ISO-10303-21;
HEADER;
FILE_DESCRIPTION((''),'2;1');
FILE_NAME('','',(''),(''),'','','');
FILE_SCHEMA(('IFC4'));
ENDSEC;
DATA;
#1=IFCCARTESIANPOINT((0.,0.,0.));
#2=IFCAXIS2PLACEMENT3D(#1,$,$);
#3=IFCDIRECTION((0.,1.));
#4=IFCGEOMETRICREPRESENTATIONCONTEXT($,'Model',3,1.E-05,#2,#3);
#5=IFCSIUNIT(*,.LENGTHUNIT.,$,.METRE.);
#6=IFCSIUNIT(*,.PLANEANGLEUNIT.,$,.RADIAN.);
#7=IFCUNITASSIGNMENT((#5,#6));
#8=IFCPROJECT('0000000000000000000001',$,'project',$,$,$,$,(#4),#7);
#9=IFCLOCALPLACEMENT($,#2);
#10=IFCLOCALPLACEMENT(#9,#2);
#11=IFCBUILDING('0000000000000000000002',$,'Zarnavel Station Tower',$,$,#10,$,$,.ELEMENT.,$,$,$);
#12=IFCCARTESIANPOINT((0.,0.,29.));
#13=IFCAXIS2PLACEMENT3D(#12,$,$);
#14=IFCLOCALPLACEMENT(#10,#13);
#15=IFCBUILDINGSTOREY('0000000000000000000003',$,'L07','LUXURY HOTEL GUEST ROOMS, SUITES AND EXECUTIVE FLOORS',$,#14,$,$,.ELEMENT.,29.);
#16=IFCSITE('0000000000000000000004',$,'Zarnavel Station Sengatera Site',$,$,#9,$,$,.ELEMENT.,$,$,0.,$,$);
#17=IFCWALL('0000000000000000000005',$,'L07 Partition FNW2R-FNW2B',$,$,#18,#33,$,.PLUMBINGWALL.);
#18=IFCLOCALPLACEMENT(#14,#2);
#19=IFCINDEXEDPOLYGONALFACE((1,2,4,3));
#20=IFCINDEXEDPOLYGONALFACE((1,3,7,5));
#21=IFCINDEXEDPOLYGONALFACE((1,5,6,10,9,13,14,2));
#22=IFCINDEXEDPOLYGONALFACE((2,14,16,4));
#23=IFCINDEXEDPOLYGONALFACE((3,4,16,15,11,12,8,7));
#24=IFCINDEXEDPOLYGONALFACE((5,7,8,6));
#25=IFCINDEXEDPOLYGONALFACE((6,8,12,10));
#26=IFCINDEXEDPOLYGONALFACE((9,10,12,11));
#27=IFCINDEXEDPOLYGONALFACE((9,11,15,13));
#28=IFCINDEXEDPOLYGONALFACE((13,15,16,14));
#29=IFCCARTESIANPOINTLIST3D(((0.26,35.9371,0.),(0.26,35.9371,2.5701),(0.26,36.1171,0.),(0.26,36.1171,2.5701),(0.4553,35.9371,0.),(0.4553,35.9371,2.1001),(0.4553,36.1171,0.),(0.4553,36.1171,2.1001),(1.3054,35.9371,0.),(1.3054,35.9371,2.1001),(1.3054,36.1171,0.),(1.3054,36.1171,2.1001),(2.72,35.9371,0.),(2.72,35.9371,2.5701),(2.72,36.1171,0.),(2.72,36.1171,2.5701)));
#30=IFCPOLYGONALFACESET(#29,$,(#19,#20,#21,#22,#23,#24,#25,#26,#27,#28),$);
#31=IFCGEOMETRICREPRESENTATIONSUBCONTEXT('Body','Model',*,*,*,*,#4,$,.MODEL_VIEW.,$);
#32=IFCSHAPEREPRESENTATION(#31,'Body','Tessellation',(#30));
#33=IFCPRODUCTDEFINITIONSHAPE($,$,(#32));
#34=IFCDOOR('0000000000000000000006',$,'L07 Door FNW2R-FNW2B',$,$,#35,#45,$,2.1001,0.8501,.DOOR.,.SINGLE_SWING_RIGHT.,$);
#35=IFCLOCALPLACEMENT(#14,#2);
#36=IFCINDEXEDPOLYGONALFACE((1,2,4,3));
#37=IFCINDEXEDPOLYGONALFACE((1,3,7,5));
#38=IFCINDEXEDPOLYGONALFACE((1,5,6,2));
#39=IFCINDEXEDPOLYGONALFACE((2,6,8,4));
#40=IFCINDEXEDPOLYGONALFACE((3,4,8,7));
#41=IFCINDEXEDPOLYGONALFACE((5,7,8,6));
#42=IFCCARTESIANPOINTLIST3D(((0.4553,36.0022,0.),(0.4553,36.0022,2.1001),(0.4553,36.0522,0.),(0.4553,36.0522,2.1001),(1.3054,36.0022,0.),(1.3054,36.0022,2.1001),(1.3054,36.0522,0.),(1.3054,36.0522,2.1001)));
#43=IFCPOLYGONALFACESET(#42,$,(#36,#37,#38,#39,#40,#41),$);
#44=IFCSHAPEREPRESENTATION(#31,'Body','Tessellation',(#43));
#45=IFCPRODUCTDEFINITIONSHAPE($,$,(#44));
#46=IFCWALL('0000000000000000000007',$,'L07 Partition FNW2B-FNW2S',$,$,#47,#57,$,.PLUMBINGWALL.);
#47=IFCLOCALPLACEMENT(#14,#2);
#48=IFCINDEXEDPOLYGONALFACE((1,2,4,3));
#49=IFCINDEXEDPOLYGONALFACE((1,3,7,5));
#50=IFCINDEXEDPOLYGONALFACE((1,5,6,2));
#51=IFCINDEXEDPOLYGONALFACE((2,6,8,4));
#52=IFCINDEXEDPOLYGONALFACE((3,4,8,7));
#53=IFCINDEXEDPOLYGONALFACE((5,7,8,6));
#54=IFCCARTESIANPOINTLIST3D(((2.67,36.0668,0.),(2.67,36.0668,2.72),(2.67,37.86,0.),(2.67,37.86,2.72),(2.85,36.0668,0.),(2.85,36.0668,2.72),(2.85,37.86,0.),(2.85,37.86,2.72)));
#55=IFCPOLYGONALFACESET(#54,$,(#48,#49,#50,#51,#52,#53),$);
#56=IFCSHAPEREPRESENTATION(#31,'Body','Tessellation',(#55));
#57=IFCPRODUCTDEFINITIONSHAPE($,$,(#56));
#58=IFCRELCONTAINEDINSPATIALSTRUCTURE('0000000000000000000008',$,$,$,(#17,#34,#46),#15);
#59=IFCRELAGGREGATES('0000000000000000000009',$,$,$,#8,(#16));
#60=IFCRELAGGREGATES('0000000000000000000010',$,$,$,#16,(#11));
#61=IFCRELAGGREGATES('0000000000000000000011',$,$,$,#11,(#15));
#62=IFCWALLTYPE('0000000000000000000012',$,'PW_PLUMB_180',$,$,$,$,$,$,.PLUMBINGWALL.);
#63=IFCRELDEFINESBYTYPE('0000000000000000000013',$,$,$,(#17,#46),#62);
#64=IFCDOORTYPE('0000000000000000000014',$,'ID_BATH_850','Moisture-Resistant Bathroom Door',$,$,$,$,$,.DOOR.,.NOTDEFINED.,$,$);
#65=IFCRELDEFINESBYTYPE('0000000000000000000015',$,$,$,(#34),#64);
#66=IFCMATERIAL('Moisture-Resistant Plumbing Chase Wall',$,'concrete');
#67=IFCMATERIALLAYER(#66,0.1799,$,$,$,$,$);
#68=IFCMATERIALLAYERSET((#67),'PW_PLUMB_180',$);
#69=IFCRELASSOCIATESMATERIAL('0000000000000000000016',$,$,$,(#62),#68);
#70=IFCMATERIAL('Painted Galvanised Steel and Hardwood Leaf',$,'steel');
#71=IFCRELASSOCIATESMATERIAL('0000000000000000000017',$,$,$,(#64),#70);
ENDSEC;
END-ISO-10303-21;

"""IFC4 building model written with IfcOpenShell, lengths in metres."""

from ifc_helpers import new_model, si_unit, direction, frame, frame_2d, origin, place, context, subcontext, project, spatial, rectangle, extrude, material, layer, layer_set, type_object, element, fill, save


model = new_model("IFC4")

# Units and contexts
model_context = context("Model", 3, precision=1e-05, world=origin(), true_north=direction((0.0, 1.0)))
body_context = subcontext(model_context, "Body", "Model", "MODEL_VIEW")
ifc_project = project(units=[si_unit("LENGTHUNIT", "METRE"), si_unit("PLANEANGLEUNIT", "RADIAN")], contexts=[model_context])

# Site, building, storey
site_placement = place(None, origin())
site = spatial("IfcSite", under=ifc_project, at=site_placement, Name="Zarnavel Station Sengatera Site", CompositionType="ELEMENT", RefElevation=0.0)
building_placement = place(site_placement, origin())
building = spatial("IfcBuilding", under=site, at=building_placement, Name="Zarnavel Station Tower", CompositionType="ELEMENT")
storey_placement = place(building_placement, frame((0.0, 0.0, 29.0)))
storey = spatial("IfcBuildingStorey", under=building, at=storey_placement, Name="L07", Description="LUXURY HOTEL GUEST ROOMS, SUITES AND EXECUTIVE FLOORS", CompositionType="ELEMENT", Elevation=29.0)

# Shared definitions
ifc_material_1 = material(Name="Moisture-Resistant Plumbing Chase Wall", Category="concrete")
ifc_layer_1 = layer(ifc_material_1, 0.1799)
ifc_layer_set_1 = layer_set([ifc_layer_1], Name="PW_PLUMB_180")
wall_type_1 = type_object("IfcWallType", Name="PW_PLUMB_180", PredefinedType="PLUMBINGWALL", material=ifc_layer_set_1)
ifc_material_2 = material(Name="Painted Galvanised Steel and Hardwood Leaf", Category="steel")
door_type_1 = type_object("IfcDoorType", Name="ID_BATH_850", Description="Moisture-Resistant Bathroom Door", OperationType="NOTDEFINED", PredefinedType="DOOR", material=ifc_material_2)

# Wall, opening, door
wall_1_placement = place(storey_placement, frame((2.72, 36.0271, 0.0), z_axis=(0.0, 0.0, 1.0), x_axis=(-1.0, 0.0, 0.0)))
wall_1 = element("IfcWall", 1, at=wall_1_placement, inside=storey, type_object=wall_type_1, Name="L07 Partition FNW2R-FNW2B", PredefinedType="PLUMBINGWALL", context=body_context, shape_type="SweptSolid", body=[
    extrude(rectangle(XDim=2.46, YDim=0.1799, at=frame_2d((1.23, 0.0))), origin(), (0.0, 0.0, 1.0), 2.5701),
])
opening_1_placement = place(wall_1_placement, frame((1.4146, 0.0, 0.0)))
opening_1 = element("IfcOpeningElement", 2, at=opening_1_placement, cuts=wall_1, PredefinedType="OPENING", context=body_context, shape_type="SweptSolid", body=[
    extrude(rectangle(XDim=0.8501, YDim=2.1001, at=frame_2d((0.425, 1.05))), frame((0.0, 0.0999, 0.0), z_axis=(0.0, -1.0, 0.0), x_axis=(1.0, 0.0, 0.0)), (0.0, 0.0, 1.0), 0.2),
])
door_1_placement = place(opening_1_placement, origin())
door_1 = element("IfcDoor", 3, at=door_1_placement, inside=storey, type_object=door_type_1, Name="L07 Door FNW2R-FNW2B", OperationType="SINGLE_SWING_RIGHT", OverallHeight=2.1001, OverallWidth=0.8501, PredefinedType="DOOR", context=body_context, shape_type="SweptSolid", body=[
    extrude(rectangle(XDim=0.8501, YDim=2.1001, at=frame_2d((0.425, 1.05))), frame((0.0, 0.0249, 0.0), z_axis=(0.0, -1.0, 0.0), x_axis=(1.0, 0.0, 0.0)), (0.0, 0.0, 1.0), 0.05),
])
fill(opening_1, door_1)

# Wall
wall_2_placement = place(storey_placement, frame((2.76, 36.0669, 0.0), z_axis=(0.0, 0.0, 1.0), x_axis=(0.0, 1.0, 0.0)))
element("IfcWall", 4, at=wall_2_placement, inside=storey, type_object=wall_type_1, Name="L07 Partition FNW2B-FNW2S", PredefinedType="PLUMBINGWALL", context=body_context, shape_type="SweptSolid", body=[
    extrude(rectangle(XDim=1.7932, YDim=0.1799, at=frame_2d((0.8965, 0.0))), origin(), (0.0, 0.0, 1.0), 2.72),
])

save(model, "model.ifc")
